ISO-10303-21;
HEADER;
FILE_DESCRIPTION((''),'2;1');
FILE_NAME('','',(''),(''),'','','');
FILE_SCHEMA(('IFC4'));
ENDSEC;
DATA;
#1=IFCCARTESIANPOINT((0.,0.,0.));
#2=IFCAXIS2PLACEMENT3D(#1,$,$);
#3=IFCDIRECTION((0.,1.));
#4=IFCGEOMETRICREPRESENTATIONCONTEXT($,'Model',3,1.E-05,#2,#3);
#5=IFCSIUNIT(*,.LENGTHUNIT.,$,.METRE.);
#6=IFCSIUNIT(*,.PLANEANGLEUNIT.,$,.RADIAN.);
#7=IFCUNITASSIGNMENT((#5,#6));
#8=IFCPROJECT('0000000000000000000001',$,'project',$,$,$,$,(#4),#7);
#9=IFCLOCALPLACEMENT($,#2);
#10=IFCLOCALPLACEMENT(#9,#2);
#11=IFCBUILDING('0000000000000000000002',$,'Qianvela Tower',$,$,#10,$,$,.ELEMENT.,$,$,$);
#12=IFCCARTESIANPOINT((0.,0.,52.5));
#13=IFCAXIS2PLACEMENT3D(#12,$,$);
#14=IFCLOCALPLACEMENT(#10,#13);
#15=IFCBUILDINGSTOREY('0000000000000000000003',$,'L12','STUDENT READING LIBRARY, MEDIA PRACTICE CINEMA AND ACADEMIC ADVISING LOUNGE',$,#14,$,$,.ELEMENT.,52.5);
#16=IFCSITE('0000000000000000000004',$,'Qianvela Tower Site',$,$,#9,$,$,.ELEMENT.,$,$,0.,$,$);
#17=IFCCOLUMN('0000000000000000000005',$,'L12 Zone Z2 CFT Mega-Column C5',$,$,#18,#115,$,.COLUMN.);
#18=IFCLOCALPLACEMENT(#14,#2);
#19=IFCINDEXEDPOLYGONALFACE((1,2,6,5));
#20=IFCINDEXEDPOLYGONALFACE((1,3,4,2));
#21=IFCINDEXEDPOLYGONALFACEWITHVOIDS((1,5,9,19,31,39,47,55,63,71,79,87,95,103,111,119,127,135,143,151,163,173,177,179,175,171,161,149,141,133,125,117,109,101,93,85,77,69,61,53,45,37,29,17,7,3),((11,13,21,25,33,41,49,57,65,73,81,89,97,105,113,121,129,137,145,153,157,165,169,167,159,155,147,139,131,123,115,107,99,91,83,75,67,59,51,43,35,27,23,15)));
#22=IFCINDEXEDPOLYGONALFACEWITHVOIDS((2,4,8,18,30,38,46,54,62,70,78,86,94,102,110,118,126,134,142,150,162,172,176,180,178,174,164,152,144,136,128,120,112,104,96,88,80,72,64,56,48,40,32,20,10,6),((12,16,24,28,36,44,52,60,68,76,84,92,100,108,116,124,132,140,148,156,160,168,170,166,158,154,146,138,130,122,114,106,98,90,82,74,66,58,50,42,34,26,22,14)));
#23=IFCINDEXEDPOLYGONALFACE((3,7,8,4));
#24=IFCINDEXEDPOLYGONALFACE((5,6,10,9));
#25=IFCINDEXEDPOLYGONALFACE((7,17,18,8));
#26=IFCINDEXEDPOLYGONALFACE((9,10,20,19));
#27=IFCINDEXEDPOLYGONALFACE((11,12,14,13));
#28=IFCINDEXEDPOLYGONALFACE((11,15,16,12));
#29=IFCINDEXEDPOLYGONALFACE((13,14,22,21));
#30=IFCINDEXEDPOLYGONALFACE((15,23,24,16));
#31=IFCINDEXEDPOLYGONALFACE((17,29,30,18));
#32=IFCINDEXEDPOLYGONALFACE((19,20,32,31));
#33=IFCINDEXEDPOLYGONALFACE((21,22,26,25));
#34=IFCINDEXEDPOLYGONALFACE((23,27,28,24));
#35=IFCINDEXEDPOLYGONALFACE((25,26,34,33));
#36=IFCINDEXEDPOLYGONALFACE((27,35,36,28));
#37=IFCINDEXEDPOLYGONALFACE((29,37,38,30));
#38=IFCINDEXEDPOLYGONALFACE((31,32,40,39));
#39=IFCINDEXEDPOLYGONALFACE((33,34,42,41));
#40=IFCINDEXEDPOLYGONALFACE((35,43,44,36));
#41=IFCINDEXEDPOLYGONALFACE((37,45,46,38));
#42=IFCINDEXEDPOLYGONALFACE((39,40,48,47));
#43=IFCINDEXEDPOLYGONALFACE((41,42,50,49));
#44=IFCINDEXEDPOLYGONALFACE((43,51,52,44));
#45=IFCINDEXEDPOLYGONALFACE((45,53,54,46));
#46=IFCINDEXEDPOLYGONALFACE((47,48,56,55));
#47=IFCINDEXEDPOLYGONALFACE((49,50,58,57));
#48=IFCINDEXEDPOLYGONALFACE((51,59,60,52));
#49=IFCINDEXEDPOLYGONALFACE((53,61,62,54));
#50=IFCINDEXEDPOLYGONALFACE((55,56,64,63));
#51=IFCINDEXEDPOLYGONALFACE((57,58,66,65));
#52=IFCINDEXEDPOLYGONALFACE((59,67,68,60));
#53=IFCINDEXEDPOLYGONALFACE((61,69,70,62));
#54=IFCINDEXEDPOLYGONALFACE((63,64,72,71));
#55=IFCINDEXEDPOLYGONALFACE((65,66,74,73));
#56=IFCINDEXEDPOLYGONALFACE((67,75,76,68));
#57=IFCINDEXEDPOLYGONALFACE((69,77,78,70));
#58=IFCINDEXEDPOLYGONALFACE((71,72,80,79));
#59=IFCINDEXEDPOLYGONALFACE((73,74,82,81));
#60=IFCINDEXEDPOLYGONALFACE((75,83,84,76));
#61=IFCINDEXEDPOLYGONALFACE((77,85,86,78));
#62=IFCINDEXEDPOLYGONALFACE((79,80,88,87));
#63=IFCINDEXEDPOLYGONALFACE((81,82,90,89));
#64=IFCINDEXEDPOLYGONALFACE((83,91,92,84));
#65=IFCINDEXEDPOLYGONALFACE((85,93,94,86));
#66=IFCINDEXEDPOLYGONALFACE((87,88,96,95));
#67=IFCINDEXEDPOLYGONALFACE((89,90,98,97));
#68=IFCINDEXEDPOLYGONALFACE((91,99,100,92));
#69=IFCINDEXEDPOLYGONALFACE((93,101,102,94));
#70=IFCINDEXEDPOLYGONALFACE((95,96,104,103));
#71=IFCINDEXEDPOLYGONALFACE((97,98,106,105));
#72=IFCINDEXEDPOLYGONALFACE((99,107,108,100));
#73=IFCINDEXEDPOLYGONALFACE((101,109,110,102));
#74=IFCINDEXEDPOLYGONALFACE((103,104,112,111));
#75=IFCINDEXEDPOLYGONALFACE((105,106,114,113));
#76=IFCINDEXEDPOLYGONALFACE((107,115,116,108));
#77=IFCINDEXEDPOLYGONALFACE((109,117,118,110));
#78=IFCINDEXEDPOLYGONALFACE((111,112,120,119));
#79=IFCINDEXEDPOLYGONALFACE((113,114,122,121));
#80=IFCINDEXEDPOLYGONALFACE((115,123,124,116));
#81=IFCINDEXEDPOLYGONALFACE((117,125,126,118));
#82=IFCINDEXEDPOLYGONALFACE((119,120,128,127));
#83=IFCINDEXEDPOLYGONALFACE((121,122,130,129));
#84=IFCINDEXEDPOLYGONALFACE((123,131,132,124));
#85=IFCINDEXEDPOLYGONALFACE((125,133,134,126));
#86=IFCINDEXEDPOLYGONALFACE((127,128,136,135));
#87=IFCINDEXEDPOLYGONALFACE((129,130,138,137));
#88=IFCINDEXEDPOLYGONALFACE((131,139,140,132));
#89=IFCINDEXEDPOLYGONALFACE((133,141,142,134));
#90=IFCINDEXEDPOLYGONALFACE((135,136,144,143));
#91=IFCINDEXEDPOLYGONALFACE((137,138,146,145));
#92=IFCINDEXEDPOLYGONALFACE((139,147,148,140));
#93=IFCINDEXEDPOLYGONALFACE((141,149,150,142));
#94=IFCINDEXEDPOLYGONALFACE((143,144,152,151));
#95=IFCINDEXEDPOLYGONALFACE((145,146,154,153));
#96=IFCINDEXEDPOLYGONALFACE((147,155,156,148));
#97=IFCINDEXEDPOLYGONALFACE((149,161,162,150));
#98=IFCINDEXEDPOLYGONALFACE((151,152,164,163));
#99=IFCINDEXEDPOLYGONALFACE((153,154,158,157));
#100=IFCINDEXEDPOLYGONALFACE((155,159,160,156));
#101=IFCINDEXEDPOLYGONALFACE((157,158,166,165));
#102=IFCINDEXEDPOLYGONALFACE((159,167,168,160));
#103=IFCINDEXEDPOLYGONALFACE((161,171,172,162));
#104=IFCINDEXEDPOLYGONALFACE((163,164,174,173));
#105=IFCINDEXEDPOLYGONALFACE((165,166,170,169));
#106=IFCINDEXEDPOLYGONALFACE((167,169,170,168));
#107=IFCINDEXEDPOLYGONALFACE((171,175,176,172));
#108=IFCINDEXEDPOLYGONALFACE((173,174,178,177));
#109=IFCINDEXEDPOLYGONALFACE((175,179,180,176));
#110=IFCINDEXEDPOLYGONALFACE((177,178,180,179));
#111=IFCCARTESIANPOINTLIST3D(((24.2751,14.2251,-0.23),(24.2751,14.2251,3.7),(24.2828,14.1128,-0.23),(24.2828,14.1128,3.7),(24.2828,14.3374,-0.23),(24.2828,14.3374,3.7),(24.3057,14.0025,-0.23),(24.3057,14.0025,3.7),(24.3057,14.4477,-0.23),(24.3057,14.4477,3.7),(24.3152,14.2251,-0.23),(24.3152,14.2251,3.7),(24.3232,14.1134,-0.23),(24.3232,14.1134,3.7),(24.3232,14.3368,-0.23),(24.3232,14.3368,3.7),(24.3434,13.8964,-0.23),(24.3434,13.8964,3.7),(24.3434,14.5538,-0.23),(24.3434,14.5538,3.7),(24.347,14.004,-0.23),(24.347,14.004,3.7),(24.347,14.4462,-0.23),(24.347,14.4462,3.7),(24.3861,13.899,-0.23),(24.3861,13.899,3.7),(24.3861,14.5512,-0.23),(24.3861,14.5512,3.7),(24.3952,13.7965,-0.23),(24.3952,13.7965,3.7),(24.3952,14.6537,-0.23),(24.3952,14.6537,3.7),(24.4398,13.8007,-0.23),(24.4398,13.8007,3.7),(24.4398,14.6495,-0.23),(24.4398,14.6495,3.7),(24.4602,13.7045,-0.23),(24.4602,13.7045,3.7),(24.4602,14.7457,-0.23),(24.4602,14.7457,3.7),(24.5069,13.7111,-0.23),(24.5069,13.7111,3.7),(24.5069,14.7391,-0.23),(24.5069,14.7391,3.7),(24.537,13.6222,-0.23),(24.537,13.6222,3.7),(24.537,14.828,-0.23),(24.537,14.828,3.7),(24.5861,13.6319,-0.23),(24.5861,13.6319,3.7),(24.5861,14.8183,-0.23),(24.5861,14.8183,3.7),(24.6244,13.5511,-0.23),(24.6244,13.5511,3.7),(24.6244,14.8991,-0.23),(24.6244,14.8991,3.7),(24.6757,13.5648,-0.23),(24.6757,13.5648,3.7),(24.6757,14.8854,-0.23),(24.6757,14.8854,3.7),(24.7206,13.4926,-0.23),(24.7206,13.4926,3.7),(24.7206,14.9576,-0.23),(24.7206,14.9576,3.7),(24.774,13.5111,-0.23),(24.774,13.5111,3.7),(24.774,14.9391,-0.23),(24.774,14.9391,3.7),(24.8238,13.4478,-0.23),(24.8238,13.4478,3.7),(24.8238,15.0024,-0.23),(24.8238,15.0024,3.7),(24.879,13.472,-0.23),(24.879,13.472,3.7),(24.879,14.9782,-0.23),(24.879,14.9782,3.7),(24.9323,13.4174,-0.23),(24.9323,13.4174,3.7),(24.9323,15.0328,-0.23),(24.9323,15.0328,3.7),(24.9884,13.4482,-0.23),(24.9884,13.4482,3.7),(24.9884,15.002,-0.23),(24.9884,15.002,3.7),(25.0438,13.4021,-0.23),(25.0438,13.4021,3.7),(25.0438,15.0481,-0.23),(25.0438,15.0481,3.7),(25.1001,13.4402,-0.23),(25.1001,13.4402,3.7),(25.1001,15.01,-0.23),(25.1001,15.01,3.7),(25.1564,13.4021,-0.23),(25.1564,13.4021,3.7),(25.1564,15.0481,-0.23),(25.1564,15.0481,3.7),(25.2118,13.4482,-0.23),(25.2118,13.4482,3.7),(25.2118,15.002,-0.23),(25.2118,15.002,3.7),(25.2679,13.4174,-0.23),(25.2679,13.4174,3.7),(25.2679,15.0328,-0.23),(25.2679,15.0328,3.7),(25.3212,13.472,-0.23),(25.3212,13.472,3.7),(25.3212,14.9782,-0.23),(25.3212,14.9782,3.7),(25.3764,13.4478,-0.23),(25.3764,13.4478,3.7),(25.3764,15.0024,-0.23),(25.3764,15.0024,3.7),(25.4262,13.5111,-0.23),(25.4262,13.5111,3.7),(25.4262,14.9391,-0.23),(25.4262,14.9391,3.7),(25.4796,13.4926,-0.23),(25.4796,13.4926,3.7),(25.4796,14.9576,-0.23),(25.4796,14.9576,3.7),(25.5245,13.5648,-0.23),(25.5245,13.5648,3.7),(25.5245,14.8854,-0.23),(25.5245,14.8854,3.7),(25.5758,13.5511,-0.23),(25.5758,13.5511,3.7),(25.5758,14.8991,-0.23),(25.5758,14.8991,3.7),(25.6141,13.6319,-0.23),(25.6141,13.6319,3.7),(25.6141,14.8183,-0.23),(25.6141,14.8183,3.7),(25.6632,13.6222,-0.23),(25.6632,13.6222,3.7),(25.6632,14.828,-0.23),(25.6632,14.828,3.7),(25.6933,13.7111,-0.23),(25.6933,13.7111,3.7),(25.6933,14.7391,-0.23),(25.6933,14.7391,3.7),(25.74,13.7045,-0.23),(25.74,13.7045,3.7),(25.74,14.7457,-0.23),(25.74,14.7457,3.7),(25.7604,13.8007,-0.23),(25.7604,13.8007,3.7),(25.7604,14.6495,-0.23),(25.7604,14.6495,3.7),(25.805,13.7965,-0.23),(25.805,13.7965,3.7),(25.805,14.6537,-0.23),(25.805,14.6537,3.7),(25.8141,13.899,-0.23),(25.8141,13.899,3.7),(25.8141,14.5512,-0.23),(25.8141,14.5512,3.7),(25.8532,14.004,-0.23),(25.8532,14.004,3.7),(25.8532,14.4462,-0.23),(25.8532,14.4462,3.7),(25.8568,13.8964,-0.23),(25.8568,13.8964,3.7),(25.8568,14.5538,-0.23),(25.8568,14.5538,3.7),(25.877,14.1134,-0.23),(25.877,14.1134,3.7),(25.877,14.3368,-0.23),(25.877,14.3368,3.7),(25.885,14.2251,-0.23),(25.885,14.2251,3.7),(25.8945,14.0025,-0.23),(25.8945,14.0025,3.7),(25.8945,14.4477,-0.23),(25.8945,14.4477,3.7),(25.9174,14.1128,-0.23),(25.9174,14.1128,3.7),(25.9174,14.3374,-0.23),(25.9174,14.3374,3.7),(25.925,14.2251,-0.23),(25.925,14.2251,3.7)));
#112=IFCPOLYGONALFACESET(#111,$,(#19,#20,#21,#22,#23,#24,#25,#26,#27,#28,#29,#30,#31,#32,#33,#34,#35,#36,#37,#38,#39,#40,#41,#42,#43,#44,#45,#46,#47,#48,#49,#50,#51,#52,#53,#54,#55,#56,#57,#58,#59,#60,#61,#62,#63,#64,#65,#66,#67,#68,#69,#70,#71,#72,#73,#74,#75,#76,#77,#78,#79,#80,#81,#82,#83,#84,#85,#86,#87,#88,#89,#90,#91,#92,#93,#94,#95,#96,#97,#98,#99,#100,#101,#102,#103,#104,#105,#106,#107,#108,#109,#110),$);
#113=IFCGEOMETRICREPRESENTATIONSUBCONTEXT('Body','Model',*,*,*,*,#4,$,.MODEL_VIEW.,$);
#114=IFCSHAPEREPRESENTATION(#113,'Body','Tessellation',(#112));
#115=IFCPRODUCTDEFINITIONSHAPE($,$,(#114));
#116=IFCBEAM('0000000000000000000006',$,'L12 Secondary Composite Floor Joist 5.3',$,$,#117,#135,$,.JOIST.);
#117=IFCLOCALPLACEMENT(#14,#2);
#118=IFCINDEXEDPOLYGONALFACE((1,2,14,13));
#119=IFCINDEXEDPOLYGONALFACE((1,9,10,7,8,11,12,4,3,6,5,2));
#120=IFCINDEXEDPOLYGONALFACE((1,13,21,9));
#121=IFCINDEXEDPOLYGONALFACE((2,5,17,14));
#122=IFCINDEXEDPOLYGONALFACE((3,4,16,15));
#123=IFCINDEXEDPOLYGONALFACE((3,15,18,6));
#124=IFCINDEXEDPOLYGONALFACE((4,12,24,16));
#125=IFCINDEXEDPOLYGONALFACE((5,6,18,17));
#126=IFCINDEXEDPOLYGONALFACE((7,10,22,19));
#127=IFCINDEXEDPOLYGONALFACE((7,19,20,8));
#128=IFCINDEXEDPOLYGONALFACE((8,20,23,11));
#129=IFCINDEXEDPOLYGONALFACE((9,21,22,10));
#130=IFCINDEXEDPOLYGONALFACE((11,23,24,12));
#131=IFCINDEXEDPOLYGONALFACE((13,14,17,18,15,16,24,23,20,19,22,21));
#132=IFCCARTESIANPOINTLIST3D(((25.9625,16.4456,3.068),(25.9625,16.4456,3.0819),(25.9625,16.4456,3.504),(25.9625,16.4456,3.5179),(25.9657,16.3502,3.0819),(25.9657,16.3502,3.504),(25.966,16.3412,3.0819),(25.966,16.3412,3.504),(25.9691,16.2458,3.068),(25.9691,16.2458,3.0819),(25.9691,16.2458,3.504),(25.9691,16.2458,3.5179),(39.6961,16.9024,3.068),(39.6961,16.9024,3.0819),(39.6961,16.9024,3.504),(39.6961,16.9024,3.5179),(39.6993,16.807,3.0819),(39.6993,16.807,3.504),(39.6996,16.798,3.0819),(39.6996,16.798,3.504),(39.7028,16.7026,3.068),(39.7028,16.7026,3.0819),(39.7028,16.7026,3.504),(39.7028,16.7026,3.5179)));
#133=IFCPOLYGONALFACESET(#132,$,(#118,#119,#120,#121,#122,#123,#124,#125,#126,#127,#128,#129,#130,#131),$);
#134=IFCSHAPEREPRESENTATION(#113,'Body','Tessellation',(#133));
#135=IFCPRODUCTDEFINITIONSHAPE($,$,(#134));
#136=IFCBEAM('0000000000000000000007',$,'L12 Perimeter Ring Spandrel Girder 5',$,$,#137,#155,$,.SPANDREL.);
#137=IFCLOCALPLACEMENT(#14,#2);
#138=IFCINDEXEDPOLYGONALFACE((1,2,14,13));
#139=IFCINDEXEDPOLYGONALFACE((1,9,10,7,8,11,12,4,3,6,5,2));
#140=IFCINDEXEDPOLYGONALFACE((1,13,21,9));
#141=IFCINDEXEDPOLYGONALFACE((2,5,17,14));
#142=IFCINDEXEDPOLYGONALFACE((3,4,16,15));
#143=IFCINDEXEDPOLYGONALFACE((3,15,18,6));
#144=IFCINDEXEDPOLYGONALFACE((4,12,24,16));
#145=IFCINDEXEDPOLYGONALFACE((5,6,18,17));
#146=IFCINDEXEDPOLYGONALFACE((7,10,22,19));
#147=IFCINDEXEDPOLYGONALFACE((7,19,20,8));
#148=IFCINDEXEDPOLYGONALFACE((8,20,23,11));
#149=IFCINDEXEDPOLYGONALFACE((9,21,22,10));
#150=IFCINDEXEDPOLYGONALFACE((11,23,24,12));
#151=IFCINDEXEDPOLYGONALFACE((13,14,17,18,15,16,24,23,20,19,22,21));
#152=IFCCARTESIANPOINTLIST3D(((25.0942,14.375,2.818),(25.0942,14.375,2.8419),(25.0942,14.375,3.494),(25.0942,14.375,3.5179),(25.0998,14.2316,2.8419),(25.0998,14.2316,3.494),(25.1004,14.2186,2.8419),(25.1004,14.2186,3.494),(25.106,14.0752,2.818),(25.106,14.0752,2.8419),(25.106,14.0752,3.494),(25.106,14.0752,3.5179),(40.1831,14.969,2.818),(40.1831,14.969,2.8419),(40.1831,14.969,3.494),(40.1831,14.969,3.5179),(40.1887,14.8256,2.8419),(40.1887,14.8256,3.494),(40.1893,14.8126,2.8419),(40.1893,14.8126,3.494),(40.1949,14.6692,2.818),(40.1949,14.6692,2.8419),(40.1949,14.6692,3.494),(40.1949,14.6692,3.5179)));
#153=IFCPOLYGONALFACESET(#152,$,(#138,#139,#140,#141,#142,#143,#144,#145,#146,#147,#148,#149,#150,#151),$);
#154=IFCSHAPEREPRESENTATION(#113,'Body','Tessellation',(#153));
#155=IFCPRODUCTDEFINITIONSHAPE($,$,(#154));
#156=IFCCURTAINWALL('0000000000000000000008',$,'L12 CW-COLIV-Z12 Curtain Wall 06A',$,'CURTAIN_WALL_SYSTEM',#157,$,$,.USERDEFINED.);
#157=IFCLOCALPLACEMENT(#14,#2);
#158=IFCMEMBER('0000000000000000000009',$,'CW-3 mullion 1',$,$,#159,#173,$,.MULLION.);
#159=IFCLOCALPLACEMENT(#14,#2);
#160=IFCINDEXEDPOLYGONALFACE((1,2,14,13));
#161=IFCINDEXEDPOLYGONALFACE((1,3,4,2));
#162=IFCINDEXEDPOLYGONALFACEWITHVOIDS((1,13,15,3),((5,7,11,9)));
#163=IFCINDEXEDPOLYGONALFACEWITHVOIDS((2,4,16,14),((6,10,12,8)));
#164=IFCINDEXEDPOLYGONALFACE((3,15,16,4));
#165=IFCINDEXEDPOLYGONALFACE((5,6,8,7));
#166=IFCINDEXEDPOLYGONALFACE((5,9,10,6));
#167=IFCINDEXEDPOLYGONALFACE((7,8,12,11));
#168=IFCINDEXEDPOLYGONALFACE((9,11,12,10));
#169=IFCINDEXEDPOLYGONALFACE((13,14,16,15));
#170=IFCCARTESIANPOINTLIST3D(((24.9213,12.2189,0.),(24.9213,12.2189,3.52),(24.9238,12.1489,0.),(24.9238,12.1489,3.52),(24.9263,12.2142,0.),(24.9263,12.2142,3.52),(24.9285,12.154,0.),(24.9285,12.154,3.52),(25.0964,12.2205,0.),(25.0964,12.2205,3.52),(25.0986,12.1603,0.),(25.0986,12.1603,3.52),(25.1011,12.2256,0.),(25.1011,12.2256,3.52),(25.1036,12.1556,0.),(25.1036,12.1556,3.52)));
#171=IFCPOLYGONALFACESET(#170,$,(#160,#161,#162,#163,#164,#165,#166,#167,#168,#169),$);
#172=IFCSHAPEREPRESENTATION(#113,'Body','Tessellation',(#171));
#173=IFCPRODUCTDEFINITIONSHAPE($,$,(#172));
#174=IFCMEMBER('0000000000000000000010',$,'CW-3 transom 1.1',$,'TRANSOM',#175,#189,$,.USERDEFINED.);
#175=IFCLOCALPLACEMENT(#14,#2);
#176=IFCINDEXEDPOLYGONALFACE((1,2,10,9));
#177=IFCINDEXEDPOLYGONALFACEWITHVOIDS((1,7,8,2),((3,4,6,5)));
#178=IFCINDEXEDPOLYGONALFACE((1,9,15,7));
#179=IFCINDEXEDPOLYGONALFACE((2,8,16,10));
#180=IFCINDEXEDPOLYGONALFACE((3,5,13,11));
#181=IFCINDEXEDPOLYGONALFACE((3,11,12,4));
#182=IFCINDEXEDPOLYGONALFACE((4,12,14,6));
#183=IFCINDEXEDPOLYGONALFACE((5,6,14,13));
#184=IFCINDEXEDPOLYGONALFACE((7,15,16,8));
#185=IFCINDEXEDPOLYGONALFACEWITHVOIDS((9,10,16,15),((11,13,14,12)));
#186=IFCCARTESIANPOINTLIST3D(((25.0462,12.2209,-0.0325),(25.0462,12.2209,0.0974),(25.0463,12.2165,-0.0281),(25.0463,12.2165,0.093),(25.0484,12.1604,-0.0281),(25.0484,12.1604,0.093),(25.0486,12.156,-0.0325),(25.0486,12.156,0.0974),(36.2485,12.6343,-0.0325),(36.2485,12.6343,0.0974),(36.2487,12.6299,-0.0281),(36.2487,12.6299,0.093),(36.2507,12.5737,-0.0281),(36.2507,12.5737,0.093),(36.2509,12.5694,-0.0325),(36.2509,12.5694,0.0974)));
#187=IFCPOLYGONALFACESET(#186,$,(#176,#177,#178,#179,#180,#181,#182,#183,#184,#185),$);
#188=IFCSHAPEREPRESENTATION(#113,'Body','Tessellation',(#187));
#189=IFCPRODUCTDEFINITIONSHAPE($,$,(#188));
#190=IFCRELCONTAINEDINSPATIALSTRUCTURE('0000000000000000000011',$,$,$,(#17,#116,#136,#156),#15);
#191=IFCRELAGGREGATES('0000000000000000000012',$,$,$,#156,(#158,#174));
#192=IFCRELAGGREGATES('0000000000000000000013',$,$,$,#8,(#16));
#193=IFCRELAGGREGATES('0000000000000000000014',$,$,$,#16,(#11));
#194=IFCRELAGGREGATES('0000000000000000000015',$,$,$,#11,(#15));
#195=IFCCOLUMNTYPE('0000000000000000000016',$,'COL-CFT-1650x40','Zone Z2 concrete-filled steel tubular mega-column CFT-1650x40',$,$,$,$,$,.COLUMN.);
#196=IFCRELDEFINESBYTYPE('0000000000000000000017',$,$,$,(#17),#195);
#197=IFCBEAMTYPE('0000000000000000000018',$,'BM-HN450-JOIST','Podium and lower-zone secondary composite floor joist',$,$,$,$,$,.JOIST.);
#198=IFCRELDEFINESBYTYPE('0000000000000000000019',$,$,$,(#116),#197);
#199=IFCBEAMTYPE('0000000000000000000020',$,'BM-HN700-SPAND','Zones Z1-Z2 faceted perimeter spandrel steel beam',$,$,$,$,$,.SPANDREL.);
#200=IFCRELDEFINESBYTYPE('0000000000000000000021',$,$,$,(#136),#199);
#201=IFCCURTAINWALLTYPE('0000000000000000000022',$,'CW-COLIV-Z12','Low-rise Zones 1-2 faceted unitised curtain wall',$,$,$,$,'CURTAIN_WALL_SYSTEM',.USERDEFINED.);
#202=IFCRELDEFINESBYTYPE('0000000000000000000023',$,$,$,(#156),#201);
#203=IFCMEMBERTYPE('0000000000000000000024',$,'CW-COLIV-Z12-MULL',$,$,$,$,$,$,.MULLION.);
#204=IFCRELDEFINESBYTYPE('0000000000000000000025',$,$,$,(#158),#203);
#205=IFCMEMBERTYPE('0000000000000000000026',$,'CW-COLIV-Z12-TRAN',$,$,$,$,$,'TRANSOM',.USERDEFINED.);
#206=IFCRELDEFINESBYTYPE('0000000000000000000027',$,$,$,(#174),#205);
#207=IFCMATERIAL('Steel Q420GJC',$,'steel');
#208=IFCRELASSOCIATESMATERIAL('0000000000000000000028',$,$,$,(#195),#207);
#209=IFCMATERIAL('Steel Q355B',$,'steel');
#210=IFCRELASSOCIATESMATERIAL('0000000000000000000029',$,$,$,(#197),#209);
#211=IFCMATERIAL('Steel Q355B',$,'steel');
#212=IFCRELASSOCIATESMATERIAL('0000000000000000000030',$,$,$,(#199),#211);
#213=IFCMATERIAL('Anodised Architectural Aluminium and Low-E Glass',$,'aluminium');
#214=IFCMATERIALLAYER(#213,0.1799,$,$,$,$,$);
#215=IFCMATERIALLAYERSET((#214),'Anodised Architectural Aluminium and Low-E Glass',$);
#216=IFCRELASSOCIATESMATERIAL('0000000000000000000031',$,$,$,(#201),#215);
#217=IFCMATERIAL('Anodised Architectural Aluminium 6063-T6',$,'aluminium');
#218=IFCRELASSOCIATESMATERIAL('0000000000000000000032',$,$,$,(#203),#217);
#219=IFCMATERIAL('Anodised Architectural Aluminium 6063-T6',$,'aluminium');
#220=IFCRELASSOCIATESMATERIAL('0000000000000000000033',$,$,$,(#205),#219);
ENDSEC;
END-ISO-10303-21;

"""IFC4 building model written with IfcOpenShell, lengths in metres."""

from ifc_helpers import new_model, si_unit, direction, frame, origin, origin_2d, place, context, subcontext, project, spatial, hollow_rectangle, hollow_circle, i_section, extrude, material, layer, layer_set, material_profile, profile_set, type_object, element, aggregate, save


model = new_model("IFC4")

# Units and contexts
model_context = context("Model", 3, precision=1e-05, world=origin(), true_north=direction((0.0, 1.0)))
body_context = subcontext(model_context, "Body", "Model", "MODEL_VIEW")
ifc_project = project(units=[si_unit("LENGTHUNIT", "METRE"), si_unit("PLANEANGLEUNIT", "RADIAN")], contexts=[model_context])

# Site, building, storey
site_placement = place(None, origin())
site = spatial("IfcSite", under=ifc_project, at=site_placement, Name="Qianvela Tower Site", CompositionType="ELEMENT", RefElevation=0.0)
building_placement = place(site_placement, origin())
building = spatial("IfcBuilding", under=site, at=building_placement, Name="Qianvela Tower", CompositionType="ELEMENT")
storey_placement = place(building_placement, frame((0.0, 0.0, 52.5)))
storey = spatial("IfcBuildingStorey", under=building, at=storey_placement, Name="L12", Description="STUDENT READING LIBRARY, MEDIA PRACTICE CINEMA AND ACADEMIC ADVISING LOUNGE", CompositionType="ELEMENT", Elevation=52.5)

# Column
ifc_material_1 = material(Name="Steel Q420GJC", Category="steel")
ifc_material_profile_1 = material_profile(ifc_material_1, hollow_circle(Radius=0.825, WallThickness=0.04, at=origin_2d()), Name="CFT-1650x40")
ifc_profile_set_1 = profile_set([ifc_material_profile_1], Name="Steel Q420GJC")
column_type = type_object("IfcColumnType", Name="COL-CFT-1650x40", Description="Zone Z2 concrete-filled steel tubular mega-column CFT-1650x40", PredefinedType="COLUMN", material=ifc_profile_set_1)
column_placement = place(storey_placement, frame((25.1001, 14.2251, -0.23), z_axis=(0.0, 0.0, 1.0), x_axis=(1.0, 0.0, 0.0)))
element("IfcColumn", 1, at=column_placement, inside=storey, type_object=column_type, Name="L12 Zone Z2 CFT Mega-Column C5", PredefinedType="COLUMN", context=body_context, shape_type="SweptSolid", body=[
    extrude(hollow_circle(Radius=0.825, WallThickness=0.04, at=origin_2d()), origin(), (0.0, 0.0, 1.0), 3.9299),
])

# Beams
ifc_material_2 = material(Name="Steel Q355B", Category="steel")
ifc_material_profile_2 = material_profile(ifc_material_2, i_section(OverallWidth=0.2, OverallDepth=0.45, WebThickness=0.009, FlangeThickness=0.0139, at=origin_2d()), Name="HN450x200x9x14")
ifc_profile_set_2 = profile_set([ifc_material_profile_2], Name="Steel Q355B")
beam_type_1 = type_object("IfcBeamType", Name="BM-HN450-JOIST", Description="Podium and lower-zone secondary composite floor joist", PredefinedType="JOIST", material=ifc_profile_set_2)
beam_1_placement = place(storey_placement, frame((25.9658, 16.3457, 3.293), z_axis=(0.999447, 0.033242, 0.0), x_axis=(-0.033242, 0.999447, 0.0)))
element("IfcBeam", 2, at=beam_1_placement, inside=storey, type_object=beam_type_1, Name="L12 Secondary Composite Floor Joist 5.3", PredefinedType="JOIST", context=body_context, shape_type="SweptSolid", body=[
    extrude(i_section(OverallWidth=0.2, OverallDepth=0.45, WebThickness=0.009, FlangeThickness=0.0139, at=origin_2d()), origin(), (0.0, 0.0, 1.0), 13.7412),
])
ifc_material_3 = material(Name="Steel Q355B", Category="steel")
ifc_material_profile_3 = material_profile(ifc_material_3, i_section(OverallWidth=0.3, OverallDepth=0.7, WebThickness=0.0129, FlangeThickness=0.0239, at=origin_2d()), Name="HN700x300x13x24")
ifc_profile_set_3 = profile_set([ifc_material_profile_3], Name="Steel Q355B")
beam_type_2 = type_object("IfcBeamType", Name="BM-HN700-SPAND", Description="Zones Z1-Z2 faceted perimeter spandrel steel beam", PredefinedType="SPANDREL", material=ifc_profile_set_3)
beam_2_placement = place(storey_placement, frame((25.1001, 14.2251, 3.168), z_axis=(0.999226, 0.039336, 0.0), x_axis=(-0.039336, 0.999226, 0.0)))
element("IfcBeam", 3, at=beam_2_placement, inside=storey, type_object=beam_type_2, Name="L12 Perimeter Ring Spandrel Girder 5", PredefinedType="SPANDREL", context=body_context, shape_type="SweptSolid", body=[
    extrude(i_section(OverallWidth=0.3, OverallDepth=0.7, WebThickness=0.0129, FlangeThickness=0.0239, at=origin_2d()), origin(), (0.0, 0.0, 1.0), 15.1006),
])

# Curtain wall, members
ifc_material_4 = material(Name="Anodised Architectural Aluminium and Low-E Glass", Category="aluminium")
ifc_layer_1 = layer(ifc_material_4, 0.1799)
ifc_layer_set_1 = layer_set([ifc_layer_1], Name="Anodised Architectural Aluminium and Low-E Glass")
curtain_wall_type = type_object("IfcCurtainWallType", Name="CW-COLIV-Z12", Description="Low-rise Zones 1-2 faceted unitised curtain wall", ElementType="CURTAIN_WALL_SYSTEM", PredefinedType="USERDEFINED", material=ifc_layer_set_1)
curtain_wall_placement = place(storey_placement, origin())
curtain_wall = element("IfcCurtainWall", 4, at=curtain_wall_placement, inside=storey, type_object=curtain_wall_type, Name="L12 CW-COLIV-Z12 Curtain Wall 06A", ObjectType="CURTAIN_WALL_SYSTEM", PredefinedType="USERDEFINED")
ifc_material_5 = material(Name="Anodised Architectural Aluminium 6063-T6", Category="aluminium")
ifc_material_profile_4 = material_profile(ifc_material_5, hollow_rectangle(XDim=0.0701, YDim=0.1799, WallThickness=0.0049, at=origin_2d()), Name="ALU-MULL-70x180")
ifc_profile_set_4 = profile_set([ifc_material_profile_4], Name="Anodised Architectural Aluminium 6063-T6")
member_type_1 = type_object("IfcMemberType", Name="CW-COLIV-Z12-MULL", PredefinedType="MULLION", material=ifc_profile_set_4)
member_1_placement = place(storey_placement, frame((25.0125, 12.1873, 0.0), z_axis=(0.0, 0.0, 1.0), x_axis=(-0.036873, 0.99932, 0.0)))
member_1 = element("IfcMember", 5, at=member_1_placement, type_object=member_type_1, Name="CW-3 mullion 1", PredefinedType="MULLION", context=body_context, shape_type="SweptSolid", body=[
    extrude(hollow_rectangle(XDim=0.0701, YDim=0.1799, WallThickness=0.0049, at=origin_2d()), origin(), (0.0, 0.0, 1.0), 3.52),
])
ifc_material_6 = material(Name="Anodised Architectural Aluminium 6063-T6", Category="aluminium")
ifc_material_profile_5 = material_profile(ifc_material_6, hollow_rectangle(XDim=0.0649, YDim=0.1299, WallThickness=0.0044, at=origin_2d()), Name="ALU-TRAN-65x130")
ifc_profile_set_5 = profile_set([ifc_material_profile_5], Name="Anodised Architectural Aluminium 6063-T6")
member_type_2 = type_object("IfcMemberType", Name="CW-COLIV-Z12-TRAN", ElementType="TRANSOM", PredefinedType="USERDEFINED", material=ifc_profile_set_5)
member_2_placement = place(storey_placement, frame((25.0474, 12.1885, 0.0325), z_axis=(0.99932, 0.036872, 0.0), x_axis=(-0.036872, 0.99932, 0.0)))
member_2 = element("IfcMember", 6, at=member_2_placement, type_object=member_type_2, Name="CW-3 transom 1.1", ObjectType="TRANSOM", PredefinedType="USERDEFINED", context=body_context, shape_type="SweptSolid", body=[
    extrude(hollow_rectangle(XDim=0.0649, YDim=0.1299, WallThickness=0.0044, at=origin_2d()), origin(), (0.0, 0.0, 1.0), 11.21),
])
aggregate(curtain_wall, [member_1, member_2])

save(model, "model.ifc")
